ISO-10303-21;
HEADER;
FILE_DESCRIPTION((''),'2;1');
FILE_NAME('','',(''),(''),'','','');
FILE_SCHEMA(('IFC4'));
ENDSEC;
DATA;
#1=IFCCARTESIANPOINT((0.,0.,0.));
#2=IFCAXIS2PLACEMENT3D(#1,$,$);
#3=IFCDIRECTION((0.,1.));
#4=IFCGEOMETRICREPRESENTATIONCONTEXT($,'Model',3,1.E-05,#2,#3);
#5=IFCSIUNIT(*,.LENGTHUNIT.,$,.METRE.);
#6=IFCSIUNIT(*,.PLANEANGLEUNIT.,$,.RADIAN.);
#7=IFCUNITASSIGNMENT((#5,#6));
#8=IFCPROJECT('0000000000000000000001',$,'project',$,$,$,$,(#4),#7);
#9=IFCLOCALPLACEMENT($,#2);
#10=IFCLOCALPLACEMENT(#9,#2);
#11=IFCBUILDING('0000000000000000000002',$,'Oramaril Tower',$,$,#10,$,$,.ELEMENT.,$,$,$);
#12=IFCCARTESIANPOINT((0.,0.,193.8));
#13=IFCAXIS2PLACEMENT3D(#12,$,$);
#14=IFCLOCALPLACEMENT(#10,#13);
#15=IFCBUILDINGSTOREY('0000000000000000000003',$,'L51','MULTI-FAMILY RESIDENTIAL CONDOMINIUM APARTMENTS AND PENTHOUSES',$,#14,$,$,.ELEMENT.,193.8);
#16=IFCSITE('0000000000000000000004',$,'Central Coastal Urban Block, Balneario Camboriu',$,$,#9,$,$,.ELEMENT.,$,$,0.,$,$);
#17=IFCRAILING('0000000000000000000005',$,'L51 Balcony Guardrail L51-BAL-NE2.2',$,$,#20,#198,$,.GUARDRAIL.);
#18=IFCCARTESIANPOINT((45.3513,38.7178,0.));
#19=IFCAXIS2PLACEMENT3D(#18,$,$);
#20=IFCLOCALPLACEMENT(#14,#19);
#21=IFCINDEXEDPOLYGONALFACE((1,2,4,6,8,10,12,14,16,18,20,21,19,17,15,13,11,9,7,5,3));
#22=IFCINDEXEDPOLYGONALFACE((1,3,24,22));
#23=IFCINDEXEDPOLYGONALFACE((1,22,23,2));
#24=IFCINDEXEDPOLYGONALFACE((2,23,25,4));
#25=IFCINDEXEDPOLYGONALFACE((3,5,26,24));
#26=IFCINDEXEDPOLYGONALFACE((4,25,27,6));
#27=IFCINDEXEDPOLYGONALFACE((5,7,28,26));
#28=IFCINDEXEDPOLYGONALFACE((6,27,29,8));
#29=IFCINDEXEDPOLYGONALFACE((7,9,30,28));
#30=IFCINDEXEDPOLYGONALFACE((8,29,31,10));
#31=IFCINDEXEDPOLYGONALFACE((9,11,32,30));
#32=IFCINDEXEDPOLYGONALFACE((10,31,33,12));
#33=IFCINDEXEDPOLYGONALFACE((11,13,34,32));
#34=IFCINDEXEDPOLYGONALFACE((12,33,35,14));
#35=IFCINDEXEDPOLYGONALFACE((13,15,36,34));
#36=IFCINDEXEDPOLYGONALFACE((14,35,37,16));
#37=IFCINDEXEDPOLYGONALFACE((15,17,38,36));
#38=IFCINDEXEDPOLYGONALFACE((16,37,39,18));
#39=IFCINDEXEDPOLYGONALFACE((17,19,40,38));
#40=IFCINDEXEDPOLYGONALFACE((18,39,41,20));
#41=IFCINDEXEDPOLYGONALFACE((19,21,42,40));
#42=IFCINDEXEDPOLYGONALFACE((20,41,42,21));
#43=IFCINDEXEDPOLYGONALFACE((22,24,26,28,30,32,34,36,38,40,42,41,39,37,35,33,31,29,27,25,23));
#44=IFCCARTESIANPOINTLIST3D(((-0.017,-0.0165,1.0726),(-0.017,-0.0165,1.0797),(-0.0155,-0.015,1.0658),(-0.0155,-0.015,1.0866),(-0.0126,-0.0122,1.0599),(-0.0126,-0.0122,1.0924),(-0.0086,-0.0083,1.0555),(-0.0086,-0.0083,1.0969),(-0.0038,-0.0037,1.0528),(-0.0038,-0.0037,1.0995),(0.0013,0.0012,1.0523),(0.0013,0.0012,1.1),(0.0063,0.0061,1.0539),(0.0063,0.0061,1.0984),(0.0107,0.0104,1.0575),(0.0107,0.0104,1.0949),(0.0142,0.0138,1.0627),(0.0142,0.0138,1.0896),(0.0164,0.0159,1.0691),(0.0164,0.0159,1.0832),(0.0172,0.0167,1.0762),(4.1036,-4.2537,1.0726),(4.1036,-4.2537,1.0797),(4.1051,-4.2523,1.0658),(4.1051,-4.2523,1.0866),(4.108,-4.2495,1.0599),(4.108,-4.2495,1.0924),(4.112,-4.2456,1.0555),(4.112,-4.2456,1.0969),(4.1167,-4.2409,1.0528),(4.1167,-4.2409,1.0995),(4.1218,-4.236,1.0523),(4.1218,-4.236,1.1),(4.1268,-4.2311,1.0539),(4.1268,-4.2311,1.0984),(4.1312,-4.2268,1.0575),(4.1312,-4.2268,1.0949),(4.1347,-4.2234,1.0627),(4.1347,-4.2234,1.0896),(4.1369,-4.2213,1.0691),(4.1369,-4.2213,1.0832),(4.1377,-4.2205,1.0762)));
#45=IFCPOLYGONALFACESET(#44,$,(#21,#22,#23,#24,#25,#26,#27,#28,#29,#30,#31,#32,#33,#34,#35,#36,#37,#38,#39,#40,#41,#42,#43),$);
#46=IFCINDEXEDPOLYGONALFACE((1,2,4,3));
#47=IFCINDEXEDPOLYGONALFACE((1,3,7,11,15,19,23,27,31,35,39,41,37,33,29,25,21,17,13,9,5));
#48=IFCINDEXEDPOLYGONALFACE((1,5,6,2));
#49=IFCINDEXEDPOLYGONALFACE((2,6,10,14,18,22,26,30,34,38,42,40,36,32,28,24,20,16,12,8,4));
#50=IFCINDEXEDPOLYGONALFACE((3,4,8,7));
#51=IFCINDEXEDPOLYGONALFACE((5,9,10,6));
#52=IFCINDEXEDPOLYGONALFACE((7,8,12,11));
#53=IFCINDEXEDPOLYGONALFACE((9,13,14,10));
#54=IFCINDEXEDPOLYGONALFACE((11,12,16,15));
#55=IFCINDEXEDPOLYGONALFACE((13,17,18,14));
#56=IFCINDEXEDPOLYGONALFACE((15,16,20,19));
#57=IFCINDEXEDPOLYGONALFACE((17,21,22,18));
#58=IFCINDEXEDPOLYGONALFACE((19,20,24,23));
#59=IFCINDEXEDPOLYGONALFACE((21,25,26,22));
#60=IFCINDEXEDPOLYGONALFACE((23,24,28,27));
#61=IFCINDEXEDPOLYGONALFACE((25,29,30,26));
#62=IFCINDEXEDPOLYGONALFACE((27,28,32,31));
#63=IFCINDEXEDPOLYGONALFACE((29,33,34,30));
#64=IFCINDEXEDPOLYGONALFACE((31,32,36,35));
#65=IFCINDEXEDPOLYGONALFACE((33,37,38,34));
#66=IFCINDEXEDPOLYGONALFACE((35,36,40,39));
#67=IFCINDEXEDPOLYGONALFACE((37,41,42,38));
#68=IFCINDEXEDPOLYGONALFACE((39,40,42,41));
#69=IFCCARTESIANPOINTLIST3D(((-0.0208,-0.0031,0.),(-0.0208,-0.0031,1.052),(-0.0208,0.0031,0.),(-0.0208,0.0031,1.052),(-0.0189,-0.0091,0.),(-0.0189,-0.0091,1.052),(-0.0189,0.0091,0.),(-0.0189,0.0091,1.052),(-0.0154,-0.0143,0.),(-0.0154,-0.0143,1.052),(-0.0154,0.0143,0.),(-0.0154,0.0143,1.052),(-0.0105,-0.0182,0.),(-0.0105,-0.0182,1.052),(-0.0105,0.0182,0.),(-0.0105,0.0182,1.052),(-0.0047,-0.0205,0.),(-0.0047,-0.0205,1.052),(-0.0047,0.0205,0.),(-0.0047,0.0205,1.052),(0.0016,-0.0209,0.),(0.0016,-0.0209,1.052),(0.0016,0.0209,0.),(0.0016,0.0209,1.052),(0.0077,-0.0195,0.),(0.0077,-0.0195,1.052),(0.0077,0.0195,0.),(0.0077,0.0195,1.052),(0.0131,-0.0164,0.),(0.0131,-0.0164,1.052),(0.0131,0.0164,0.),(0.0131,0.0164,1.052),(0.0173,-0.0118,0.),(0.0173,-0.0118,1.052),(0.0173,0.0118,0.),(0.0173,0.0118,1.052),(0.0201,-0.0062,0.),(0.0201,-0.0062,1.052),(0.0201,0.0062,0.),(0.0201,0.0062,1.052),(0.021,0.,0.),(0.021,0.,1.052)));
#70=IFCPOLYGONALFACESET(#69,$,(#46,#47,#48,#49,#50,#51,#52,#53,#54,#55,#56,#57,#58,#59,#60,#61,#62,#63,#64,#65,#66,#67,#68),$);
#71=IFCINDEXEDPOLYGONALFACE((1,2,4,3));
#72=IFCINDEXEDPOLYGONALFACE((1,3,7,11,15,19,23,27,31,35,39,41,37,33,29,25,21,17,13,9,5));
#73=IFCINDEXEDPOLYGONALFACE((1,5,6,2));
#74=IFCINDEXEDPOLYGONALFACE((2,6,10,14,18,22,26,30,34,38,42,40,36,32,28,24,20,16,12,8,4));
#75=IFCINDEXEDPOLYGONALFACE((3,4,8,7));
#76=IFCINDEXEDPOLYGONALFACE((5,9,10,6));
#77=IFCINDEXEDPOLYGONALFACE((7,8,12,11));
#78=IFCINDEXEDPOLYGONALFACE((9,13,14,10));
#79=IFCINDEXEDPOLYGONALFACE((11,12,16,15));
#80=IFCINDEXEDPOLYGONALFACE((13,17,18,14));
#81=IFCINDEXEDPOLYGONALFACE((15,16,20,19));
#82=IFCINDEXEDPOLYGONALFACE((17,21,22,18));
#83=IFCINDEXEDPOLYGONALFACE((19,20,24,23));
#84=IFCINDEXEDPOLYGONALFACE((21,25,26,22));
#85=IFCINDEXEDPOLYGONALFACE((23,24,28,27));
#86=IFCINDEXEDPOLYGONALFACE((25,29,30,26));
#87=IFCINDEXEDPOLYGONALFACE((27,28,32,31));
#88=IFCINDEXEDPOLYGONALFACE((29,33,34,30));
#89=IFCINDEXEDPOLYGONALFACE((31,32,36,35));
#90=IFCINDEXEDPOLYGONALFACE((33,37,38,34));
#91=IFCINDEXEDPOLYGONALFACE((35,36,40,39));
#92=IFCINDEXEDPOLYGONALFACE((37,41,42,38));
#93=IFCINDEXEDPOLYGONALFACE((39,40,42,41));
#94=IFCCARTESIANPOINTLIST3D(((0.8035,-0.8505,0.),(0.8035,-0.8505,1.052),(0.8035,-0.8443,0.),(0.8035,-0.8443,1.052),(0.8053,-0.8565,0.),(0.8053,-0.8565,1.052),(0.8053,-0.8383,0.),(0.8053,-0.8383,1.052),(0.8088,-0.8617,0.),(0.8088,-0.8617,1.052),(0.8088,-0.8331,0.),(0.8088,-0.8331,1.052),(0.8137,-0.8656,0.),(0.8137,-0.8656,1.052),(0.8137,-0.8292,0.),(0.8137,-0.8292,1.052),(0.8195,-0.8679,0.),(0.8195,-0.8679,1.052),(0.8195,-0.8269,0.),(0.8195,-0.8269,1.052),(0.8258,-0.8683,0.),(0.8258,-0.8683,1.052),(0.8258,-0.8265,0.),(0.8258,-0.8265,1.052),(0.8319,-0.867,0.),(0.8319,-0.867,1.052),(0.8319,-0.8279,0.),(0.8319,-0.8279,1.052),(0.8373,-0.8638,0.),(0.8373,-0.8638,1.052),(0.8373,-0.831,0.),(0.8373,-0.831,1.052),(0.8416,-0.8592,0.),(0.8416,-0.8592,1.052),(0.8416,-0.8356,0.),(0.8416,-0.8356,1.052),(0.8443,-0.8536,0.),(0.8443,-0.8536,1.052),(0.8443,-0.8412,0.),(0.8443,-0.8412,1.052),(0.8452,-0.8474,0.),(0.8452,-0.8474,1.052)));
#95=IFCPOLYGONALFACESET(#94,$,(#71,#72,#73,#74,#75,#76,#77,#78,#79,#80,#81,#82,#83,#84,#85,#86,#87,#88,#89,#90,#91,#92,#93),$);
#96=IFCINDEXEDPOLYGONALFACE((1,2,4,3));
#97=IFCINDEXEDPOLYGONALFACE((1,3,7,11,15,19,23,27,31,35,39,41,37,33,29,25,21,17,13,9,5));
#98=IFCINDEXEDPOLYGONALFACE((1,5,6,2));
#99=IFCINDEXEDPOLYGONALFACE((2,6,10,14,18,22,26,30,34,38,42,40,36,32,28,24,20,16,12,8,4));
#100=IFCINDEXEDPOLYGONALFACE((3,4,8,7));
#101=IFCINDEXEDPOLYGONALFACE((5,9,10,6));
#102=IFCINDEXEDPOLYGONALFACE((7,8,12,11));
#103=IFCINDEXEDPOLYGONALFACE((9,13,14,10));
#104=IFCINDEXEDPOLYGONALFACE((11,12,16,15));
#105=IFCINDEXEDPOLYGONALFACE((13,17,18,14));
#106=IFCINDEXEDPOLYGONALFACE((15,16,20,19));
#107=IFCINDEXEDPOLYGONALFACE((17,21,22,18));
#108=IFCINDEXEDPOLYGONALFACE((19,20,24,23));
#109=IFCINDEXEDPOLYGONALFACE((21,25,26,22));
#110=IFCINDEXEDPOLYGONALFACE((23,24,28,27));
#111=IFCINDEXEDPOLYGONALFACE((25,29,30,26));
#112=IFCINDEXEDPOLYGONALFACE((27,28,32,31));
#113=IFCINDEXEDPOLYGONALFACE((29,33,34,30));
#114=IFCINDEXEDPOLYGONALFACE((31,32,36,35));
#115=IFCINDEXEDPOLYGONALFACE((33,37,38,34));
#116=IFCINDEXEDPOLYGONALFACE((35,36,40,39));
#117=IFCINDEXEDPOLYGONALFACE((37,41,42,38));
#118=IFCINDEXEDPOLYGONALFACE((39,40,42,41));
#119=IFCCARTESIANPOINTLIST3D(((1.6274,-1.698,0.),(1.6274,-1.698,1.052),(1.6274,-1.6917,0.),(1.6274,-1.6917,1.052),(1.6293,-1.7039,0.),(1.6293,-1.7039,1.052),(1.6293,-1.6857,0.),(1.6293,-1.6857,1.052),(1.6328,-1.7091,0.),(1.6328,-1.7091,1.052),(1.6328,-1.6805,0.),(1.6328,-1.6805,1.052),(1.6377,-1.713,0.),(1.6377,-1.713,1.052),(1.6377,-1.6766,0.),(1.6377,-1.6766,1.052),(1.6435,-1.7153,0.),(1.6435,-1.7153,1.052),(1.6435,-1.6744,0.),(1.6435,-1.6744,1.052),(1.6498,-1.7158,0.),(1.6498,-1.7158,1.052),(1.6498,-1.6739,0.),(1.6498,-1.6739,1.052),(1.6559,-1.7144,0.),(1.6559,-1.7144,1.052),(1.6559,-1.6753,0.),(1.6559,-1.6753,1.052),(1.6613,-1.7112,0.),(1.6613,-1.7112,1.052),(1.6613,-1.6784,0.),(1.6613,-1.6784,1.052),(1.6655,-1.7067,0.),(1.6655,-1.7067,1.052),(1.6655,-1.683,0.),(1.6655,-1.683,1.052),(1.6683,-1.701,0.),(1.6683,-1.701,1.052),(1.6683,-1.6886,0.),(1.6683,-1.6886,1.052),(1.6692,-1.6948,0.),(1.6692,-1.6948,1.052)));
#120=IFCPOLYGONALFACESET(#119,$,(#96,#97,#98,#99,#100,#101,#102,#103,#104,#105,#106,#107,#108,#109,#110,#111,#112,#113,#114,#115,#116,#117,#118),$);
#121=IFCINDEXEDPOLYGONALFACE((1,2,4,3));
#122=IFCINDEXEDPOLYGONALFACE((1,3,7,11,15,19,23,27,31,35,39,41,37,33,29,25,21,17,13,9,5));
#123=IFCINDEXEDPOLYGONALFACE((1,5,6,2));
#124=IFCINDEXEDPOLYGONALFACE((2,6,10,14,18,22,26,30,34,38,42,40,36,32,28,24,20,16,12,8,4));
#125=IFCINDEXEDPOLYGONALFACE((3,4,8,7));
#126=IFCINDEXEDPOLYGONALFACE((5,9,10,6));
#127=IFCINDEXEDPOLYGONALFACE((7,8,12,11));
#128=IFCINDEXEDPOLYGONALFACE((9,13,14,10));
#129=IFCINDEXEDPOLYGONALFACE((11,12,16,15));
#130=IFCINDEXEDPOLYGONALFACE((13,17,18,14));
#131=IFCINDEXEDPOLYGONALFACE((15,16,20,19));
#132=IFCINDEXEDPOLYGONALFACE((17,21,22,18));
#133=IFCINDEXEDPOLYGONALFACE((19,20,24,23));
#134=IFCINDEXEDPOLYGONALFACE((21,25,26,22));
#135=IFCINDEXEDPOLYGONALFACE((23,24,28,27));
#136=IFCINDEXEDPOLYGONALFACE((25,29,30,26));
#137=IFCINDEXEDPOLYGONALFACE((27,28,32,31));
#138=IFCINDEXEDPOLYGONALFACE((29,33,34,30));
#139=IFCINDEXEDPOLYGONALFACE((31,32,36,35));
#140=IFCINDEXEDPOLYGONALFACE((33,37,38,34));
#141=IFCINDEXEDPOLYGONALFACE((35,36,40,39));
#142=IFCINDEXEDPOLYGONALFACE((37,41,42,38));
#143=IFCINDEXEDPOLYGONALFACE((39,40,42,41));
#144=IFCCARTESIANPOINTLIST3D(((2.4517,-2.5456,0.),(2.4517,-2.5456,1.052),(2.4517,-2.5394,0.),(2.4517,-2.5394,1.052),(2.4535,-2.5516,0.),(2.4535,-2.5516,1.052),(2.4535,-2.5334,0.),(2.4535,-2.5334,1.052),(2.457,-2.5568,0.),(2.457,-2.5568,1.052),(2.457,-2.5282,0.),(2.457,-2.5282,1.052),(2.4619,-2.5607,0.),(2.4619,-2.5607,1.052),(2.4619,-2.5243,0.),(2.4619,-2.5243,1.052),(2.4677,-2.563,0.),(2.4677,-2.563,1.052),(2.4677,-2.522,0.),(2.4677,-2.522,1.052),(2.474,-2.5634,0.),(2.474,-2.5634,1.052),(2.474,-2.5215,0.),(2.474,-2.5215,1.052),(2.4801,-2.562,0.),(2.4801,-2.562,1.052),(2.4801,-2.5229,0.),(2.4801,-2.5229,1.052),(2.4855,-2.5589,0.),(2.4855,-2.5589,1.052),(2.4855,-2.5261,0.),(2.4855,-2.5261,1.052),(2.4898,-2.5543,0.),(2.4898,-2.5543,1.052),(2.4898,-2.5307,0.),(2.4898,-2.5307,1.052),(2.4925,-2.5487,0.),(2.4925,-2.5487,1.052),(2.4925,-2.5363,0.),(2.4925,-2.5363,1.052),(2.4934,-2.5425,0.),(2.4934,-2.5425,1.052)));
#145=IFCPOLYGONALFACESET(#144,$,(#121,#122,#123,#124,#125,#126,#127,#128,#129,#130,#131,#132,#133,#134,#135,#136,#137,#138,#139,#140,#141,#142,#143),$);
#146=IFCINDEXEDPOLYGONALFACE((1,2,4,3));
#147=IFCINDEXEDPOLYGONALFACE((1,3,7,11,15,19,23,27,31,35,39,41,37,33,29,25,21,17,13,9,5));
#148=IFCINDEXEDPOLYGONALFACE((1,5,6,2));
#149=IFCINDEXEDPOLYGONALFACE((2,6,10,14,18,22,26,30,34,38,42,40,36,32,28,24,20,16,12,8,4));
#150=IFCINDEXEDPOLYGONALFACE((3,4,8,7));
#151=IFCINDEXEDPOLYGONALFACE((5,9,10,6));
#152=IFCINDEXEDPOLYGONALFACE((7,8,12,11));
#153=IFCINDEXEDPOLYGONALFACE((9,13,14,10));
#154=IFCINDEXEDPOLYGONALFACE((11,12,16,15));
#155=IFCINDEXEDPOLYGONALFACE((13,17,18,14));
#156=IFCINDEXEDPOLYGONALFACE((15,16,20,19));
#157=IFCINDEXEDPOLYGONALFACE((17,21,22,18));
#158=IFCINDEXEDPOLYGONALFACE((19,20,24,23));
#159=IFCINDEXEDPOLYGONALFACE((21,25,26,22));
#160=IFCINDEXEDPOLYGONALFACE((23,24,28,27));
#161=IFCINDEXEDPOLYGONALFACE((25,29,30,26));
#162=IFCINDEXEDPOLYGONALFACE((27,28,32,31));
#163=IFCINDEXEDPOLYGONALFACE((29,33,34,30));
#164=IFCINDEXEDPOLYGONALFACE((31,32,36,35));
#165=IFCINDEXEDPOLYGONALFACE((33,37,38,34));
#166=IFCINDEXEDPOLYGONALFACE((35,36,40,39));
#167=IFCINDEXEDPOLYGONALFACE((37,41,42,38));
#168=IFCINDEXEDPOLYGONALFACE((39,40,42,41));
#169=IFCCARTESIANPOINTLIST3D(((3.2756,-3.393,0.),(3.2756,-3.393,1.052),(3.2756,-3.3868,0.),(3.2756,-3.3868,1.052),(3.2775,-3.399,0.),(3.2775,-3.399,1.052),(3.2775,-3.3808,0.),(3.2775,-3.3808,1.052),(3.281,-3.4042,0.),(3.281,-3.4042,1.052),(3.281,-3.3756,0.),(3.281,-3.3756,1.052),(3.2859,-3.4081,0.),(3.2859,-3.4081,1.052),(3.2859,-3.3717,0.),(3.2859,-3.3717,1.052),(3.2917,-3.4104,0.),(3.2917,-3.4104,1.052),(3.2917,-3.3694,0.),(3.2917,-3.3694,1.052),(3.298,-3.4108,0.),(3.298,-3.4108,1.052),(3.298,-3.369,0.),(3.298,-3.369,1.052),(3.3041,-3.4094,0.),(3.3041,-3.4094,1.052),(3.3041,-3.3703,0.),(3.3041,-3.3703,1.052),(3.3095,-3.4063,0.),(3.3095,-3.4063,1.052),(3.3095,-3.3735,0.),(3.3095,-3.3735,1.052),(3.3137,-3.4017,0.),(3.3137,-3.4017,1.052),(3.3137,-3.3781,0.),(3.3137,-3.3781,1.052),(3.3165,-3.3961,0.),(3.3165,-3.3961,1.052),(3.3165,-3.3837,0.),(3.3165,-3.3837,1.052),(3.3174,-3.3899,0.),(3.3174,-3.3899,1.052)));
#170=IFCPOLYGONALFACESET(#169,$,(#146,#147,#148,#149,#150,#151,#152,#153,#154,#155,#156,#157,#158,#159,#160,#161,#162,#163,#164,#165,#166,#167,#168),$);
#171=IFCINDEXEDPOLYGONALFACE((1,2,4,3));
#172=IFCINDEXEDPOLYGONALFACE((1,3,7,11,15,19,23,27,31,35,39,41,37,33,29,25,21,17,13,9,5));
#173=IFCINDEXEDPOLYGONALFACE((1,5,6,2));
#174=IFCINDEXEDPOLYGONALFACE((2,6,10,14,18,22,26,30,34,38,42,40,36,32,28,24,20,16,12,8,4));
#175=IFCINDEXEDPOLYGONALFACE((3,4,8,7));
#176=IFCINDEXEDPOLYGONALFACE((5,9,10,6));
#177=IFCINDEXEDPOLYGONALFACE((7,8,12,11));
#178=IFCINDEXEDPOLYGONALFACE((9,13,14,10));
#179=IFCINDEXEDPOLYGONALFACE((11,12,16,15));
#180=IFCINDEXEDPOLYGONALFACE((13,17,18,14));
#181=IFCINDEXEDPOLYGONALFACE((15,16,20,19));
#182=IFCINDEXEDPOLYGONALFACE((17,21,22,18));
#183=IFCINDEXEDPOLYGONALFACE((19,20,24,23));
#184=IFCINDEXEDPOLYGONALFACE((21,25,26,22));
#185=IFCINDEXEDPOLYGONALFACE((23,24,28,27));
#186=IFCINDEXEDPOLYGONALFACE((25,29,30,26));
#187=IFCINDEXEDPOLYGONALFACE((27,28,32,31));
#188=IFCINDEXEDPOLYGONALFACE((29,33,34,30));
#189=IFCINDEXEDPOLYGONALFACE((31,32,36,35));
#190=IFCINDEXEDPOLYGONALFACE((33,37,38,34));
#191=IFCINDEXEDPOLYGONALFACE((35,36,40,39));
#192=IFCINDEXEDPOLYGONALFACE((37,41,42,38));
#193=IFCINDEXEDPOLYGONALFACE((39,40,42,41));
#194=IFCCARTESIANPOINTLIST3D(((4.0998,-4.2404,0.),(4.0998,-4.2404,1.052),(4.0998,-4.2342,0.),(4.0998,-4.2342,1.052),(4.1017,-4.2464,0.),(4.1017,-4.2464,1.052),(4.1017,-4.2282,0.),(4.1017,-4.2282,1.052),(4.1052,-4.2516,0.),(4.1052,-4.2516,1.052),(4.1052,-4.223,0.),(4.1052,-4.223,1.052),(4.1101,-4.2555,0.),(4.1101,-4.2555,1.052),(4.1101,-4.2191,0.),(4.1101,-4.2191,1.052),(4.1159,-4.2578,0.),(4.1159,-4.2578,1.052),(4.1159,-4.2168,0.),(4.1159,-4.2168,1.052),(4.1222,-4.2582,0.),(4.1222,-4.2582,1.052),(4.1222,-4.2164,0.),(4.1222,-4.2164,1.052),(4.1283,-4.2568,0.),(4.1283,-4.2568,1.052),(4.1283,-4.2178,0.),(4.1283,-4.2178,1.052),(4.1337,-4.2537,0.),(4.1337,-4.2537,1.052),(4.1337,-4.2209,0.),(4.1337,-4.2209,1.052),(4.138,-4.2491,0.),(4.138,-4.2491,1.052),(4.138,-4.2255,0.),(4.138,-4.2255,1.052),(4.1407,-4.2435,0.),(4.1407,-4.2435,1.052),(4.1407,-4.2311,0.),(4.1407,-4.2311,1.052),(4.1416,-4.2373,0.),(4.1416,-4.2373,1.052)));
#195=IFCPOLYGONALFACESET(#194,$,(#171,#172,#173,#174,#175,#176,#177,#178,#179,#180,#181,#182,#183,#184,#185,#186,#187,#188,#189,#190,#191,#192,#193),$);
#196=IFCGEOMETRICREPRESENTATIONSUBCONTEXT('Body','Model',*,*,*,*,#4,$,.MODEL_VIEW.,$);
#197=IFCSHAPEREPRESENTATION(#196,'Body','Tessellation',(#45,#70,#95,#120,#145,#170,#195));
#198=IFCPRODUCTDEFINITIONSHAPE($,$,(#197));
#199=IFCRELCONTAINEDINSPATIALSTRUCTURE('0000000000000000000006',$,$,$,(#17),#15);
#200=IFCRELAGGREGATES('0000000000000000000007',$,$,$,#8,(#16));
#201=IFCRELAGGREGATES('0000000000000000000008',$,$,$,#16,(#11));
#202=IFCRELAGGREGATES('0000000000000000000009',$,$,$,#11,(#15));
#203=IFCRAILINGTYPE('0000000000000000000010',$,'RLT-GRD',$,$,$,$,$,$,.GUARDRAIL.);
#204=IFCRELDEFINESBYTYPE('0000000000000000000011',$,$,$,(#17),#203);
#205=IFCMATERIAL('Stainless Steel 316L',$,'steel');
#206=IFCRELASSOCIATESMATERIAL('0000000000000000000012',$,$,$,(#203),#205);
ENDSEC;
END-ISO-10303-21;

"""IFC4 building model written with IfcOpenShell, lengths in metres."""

from ifc_helpers import new_model, si_unit, direction, frame, origin, origin_2d, place, context, subcontext, project, spatial, circle, extrude, material, type_object, element, save


model = new_model("IFC4")

# Units and contexts
model_context = context("Model", 3, precision=1e-05, world=origin(), true_north=direction((0.0, 1.0)))
body_context = subcontext(model_context, "Body", "Model", "MODEL_VIEW")
ifc_project = project(units=[si_unit("LENGTHUNIT", "METRE"), si_unit("PLANEANGLEUNIT", "RADIAN")], contexts=[model_context])

# Site, building, storey
site_placement = place(None, origin())
site = spatial("IfcSite", under=ifc_project, at=site_placement, Name="Central Coastal Urban Block, Balneario Camboriu", CompositionType="ELEMENT", RefElevation=0.0)
building_placement = place(site_placement, origin())
building = spatial("IfcBuilding", under=site, at=building_placement, Name="Oramaril Tower", CompositionType="ELEMENT")
storey_placement = place(building_placement, frame((0.0, 0.0, 193.8)))
storey = spatial("IfcBuildingStorey", under=building, at=storey_placement, Name="L51", Description="MULTI-FAMILY RESIDENTIAL CONDOMINIUM APARTMENTS AND PENTHOUSES", CompositionType="ELEMENT", Elevation=193.8)

# Railing
ifc_material_1 = material(Name="Stainless Steel 316L", Category="steel")
railing_type = type_object("IfcRailingType", Name="RLT-GRD", PredefinedType="GUARDRAIL", material=ifc_material_1)
railing_1_placement = place(storey_placement, frame((45.3513, 38.7178, 0.0)))
element("IfcRailing", 1, at=railing_1_placement, inside=storey, type_object=railing_type, Name="L51 Balcony Guardrail L51-BAL-NE2.2", PredefinedType="GUARDRAIL", context=body_context, shape_type="SweptSolid", body=[
    extrude(circle(Radius=0.0239, at=origin_2d()), frame((0.0, 0.0, 1.0762), z_axis=(0.697166, -0.71691, 0.0), x_axis=(0.71691, 0.697166, 0.0)), (0.0, 0.0, 1.0), 5.9104),
    extrude(circle(Radius=0.021, at=origin_2d()), origin(), (0.0, 0.0, 1.0), 1.052),
    extrude(circle(Radius=0.021, at=origin_2d()), frame((0.8242, -0.8474, 0.0)), (0.0, 0.0, 1.0), 1.052),
    extrude(circle(Radius=0.021, at=origin_2d()), frame((1.6482, -1.6948, 0.0)), (0.0, 0.0, 1.0), 1.052),
    extrude(circle(Radius=0.021, at=origin_2d()), frame((2.4724, -2.5425, 0.0)), (0.0, 0.0, 1.0), 1.052),
    extrude(circle(Radius=0.021, at=origin_2d()), frame((3.2964, -3.3899, 0.0)), (0.0, 0.0, 1.0), 1.052),
    extrude(circle(Radius=0.021, at=origin_2d()), frame((4.1206, -4.2373, 0.0)), (0.0, 0.0, 1.0), 1.052),
])

save(model, "model.ifc")
